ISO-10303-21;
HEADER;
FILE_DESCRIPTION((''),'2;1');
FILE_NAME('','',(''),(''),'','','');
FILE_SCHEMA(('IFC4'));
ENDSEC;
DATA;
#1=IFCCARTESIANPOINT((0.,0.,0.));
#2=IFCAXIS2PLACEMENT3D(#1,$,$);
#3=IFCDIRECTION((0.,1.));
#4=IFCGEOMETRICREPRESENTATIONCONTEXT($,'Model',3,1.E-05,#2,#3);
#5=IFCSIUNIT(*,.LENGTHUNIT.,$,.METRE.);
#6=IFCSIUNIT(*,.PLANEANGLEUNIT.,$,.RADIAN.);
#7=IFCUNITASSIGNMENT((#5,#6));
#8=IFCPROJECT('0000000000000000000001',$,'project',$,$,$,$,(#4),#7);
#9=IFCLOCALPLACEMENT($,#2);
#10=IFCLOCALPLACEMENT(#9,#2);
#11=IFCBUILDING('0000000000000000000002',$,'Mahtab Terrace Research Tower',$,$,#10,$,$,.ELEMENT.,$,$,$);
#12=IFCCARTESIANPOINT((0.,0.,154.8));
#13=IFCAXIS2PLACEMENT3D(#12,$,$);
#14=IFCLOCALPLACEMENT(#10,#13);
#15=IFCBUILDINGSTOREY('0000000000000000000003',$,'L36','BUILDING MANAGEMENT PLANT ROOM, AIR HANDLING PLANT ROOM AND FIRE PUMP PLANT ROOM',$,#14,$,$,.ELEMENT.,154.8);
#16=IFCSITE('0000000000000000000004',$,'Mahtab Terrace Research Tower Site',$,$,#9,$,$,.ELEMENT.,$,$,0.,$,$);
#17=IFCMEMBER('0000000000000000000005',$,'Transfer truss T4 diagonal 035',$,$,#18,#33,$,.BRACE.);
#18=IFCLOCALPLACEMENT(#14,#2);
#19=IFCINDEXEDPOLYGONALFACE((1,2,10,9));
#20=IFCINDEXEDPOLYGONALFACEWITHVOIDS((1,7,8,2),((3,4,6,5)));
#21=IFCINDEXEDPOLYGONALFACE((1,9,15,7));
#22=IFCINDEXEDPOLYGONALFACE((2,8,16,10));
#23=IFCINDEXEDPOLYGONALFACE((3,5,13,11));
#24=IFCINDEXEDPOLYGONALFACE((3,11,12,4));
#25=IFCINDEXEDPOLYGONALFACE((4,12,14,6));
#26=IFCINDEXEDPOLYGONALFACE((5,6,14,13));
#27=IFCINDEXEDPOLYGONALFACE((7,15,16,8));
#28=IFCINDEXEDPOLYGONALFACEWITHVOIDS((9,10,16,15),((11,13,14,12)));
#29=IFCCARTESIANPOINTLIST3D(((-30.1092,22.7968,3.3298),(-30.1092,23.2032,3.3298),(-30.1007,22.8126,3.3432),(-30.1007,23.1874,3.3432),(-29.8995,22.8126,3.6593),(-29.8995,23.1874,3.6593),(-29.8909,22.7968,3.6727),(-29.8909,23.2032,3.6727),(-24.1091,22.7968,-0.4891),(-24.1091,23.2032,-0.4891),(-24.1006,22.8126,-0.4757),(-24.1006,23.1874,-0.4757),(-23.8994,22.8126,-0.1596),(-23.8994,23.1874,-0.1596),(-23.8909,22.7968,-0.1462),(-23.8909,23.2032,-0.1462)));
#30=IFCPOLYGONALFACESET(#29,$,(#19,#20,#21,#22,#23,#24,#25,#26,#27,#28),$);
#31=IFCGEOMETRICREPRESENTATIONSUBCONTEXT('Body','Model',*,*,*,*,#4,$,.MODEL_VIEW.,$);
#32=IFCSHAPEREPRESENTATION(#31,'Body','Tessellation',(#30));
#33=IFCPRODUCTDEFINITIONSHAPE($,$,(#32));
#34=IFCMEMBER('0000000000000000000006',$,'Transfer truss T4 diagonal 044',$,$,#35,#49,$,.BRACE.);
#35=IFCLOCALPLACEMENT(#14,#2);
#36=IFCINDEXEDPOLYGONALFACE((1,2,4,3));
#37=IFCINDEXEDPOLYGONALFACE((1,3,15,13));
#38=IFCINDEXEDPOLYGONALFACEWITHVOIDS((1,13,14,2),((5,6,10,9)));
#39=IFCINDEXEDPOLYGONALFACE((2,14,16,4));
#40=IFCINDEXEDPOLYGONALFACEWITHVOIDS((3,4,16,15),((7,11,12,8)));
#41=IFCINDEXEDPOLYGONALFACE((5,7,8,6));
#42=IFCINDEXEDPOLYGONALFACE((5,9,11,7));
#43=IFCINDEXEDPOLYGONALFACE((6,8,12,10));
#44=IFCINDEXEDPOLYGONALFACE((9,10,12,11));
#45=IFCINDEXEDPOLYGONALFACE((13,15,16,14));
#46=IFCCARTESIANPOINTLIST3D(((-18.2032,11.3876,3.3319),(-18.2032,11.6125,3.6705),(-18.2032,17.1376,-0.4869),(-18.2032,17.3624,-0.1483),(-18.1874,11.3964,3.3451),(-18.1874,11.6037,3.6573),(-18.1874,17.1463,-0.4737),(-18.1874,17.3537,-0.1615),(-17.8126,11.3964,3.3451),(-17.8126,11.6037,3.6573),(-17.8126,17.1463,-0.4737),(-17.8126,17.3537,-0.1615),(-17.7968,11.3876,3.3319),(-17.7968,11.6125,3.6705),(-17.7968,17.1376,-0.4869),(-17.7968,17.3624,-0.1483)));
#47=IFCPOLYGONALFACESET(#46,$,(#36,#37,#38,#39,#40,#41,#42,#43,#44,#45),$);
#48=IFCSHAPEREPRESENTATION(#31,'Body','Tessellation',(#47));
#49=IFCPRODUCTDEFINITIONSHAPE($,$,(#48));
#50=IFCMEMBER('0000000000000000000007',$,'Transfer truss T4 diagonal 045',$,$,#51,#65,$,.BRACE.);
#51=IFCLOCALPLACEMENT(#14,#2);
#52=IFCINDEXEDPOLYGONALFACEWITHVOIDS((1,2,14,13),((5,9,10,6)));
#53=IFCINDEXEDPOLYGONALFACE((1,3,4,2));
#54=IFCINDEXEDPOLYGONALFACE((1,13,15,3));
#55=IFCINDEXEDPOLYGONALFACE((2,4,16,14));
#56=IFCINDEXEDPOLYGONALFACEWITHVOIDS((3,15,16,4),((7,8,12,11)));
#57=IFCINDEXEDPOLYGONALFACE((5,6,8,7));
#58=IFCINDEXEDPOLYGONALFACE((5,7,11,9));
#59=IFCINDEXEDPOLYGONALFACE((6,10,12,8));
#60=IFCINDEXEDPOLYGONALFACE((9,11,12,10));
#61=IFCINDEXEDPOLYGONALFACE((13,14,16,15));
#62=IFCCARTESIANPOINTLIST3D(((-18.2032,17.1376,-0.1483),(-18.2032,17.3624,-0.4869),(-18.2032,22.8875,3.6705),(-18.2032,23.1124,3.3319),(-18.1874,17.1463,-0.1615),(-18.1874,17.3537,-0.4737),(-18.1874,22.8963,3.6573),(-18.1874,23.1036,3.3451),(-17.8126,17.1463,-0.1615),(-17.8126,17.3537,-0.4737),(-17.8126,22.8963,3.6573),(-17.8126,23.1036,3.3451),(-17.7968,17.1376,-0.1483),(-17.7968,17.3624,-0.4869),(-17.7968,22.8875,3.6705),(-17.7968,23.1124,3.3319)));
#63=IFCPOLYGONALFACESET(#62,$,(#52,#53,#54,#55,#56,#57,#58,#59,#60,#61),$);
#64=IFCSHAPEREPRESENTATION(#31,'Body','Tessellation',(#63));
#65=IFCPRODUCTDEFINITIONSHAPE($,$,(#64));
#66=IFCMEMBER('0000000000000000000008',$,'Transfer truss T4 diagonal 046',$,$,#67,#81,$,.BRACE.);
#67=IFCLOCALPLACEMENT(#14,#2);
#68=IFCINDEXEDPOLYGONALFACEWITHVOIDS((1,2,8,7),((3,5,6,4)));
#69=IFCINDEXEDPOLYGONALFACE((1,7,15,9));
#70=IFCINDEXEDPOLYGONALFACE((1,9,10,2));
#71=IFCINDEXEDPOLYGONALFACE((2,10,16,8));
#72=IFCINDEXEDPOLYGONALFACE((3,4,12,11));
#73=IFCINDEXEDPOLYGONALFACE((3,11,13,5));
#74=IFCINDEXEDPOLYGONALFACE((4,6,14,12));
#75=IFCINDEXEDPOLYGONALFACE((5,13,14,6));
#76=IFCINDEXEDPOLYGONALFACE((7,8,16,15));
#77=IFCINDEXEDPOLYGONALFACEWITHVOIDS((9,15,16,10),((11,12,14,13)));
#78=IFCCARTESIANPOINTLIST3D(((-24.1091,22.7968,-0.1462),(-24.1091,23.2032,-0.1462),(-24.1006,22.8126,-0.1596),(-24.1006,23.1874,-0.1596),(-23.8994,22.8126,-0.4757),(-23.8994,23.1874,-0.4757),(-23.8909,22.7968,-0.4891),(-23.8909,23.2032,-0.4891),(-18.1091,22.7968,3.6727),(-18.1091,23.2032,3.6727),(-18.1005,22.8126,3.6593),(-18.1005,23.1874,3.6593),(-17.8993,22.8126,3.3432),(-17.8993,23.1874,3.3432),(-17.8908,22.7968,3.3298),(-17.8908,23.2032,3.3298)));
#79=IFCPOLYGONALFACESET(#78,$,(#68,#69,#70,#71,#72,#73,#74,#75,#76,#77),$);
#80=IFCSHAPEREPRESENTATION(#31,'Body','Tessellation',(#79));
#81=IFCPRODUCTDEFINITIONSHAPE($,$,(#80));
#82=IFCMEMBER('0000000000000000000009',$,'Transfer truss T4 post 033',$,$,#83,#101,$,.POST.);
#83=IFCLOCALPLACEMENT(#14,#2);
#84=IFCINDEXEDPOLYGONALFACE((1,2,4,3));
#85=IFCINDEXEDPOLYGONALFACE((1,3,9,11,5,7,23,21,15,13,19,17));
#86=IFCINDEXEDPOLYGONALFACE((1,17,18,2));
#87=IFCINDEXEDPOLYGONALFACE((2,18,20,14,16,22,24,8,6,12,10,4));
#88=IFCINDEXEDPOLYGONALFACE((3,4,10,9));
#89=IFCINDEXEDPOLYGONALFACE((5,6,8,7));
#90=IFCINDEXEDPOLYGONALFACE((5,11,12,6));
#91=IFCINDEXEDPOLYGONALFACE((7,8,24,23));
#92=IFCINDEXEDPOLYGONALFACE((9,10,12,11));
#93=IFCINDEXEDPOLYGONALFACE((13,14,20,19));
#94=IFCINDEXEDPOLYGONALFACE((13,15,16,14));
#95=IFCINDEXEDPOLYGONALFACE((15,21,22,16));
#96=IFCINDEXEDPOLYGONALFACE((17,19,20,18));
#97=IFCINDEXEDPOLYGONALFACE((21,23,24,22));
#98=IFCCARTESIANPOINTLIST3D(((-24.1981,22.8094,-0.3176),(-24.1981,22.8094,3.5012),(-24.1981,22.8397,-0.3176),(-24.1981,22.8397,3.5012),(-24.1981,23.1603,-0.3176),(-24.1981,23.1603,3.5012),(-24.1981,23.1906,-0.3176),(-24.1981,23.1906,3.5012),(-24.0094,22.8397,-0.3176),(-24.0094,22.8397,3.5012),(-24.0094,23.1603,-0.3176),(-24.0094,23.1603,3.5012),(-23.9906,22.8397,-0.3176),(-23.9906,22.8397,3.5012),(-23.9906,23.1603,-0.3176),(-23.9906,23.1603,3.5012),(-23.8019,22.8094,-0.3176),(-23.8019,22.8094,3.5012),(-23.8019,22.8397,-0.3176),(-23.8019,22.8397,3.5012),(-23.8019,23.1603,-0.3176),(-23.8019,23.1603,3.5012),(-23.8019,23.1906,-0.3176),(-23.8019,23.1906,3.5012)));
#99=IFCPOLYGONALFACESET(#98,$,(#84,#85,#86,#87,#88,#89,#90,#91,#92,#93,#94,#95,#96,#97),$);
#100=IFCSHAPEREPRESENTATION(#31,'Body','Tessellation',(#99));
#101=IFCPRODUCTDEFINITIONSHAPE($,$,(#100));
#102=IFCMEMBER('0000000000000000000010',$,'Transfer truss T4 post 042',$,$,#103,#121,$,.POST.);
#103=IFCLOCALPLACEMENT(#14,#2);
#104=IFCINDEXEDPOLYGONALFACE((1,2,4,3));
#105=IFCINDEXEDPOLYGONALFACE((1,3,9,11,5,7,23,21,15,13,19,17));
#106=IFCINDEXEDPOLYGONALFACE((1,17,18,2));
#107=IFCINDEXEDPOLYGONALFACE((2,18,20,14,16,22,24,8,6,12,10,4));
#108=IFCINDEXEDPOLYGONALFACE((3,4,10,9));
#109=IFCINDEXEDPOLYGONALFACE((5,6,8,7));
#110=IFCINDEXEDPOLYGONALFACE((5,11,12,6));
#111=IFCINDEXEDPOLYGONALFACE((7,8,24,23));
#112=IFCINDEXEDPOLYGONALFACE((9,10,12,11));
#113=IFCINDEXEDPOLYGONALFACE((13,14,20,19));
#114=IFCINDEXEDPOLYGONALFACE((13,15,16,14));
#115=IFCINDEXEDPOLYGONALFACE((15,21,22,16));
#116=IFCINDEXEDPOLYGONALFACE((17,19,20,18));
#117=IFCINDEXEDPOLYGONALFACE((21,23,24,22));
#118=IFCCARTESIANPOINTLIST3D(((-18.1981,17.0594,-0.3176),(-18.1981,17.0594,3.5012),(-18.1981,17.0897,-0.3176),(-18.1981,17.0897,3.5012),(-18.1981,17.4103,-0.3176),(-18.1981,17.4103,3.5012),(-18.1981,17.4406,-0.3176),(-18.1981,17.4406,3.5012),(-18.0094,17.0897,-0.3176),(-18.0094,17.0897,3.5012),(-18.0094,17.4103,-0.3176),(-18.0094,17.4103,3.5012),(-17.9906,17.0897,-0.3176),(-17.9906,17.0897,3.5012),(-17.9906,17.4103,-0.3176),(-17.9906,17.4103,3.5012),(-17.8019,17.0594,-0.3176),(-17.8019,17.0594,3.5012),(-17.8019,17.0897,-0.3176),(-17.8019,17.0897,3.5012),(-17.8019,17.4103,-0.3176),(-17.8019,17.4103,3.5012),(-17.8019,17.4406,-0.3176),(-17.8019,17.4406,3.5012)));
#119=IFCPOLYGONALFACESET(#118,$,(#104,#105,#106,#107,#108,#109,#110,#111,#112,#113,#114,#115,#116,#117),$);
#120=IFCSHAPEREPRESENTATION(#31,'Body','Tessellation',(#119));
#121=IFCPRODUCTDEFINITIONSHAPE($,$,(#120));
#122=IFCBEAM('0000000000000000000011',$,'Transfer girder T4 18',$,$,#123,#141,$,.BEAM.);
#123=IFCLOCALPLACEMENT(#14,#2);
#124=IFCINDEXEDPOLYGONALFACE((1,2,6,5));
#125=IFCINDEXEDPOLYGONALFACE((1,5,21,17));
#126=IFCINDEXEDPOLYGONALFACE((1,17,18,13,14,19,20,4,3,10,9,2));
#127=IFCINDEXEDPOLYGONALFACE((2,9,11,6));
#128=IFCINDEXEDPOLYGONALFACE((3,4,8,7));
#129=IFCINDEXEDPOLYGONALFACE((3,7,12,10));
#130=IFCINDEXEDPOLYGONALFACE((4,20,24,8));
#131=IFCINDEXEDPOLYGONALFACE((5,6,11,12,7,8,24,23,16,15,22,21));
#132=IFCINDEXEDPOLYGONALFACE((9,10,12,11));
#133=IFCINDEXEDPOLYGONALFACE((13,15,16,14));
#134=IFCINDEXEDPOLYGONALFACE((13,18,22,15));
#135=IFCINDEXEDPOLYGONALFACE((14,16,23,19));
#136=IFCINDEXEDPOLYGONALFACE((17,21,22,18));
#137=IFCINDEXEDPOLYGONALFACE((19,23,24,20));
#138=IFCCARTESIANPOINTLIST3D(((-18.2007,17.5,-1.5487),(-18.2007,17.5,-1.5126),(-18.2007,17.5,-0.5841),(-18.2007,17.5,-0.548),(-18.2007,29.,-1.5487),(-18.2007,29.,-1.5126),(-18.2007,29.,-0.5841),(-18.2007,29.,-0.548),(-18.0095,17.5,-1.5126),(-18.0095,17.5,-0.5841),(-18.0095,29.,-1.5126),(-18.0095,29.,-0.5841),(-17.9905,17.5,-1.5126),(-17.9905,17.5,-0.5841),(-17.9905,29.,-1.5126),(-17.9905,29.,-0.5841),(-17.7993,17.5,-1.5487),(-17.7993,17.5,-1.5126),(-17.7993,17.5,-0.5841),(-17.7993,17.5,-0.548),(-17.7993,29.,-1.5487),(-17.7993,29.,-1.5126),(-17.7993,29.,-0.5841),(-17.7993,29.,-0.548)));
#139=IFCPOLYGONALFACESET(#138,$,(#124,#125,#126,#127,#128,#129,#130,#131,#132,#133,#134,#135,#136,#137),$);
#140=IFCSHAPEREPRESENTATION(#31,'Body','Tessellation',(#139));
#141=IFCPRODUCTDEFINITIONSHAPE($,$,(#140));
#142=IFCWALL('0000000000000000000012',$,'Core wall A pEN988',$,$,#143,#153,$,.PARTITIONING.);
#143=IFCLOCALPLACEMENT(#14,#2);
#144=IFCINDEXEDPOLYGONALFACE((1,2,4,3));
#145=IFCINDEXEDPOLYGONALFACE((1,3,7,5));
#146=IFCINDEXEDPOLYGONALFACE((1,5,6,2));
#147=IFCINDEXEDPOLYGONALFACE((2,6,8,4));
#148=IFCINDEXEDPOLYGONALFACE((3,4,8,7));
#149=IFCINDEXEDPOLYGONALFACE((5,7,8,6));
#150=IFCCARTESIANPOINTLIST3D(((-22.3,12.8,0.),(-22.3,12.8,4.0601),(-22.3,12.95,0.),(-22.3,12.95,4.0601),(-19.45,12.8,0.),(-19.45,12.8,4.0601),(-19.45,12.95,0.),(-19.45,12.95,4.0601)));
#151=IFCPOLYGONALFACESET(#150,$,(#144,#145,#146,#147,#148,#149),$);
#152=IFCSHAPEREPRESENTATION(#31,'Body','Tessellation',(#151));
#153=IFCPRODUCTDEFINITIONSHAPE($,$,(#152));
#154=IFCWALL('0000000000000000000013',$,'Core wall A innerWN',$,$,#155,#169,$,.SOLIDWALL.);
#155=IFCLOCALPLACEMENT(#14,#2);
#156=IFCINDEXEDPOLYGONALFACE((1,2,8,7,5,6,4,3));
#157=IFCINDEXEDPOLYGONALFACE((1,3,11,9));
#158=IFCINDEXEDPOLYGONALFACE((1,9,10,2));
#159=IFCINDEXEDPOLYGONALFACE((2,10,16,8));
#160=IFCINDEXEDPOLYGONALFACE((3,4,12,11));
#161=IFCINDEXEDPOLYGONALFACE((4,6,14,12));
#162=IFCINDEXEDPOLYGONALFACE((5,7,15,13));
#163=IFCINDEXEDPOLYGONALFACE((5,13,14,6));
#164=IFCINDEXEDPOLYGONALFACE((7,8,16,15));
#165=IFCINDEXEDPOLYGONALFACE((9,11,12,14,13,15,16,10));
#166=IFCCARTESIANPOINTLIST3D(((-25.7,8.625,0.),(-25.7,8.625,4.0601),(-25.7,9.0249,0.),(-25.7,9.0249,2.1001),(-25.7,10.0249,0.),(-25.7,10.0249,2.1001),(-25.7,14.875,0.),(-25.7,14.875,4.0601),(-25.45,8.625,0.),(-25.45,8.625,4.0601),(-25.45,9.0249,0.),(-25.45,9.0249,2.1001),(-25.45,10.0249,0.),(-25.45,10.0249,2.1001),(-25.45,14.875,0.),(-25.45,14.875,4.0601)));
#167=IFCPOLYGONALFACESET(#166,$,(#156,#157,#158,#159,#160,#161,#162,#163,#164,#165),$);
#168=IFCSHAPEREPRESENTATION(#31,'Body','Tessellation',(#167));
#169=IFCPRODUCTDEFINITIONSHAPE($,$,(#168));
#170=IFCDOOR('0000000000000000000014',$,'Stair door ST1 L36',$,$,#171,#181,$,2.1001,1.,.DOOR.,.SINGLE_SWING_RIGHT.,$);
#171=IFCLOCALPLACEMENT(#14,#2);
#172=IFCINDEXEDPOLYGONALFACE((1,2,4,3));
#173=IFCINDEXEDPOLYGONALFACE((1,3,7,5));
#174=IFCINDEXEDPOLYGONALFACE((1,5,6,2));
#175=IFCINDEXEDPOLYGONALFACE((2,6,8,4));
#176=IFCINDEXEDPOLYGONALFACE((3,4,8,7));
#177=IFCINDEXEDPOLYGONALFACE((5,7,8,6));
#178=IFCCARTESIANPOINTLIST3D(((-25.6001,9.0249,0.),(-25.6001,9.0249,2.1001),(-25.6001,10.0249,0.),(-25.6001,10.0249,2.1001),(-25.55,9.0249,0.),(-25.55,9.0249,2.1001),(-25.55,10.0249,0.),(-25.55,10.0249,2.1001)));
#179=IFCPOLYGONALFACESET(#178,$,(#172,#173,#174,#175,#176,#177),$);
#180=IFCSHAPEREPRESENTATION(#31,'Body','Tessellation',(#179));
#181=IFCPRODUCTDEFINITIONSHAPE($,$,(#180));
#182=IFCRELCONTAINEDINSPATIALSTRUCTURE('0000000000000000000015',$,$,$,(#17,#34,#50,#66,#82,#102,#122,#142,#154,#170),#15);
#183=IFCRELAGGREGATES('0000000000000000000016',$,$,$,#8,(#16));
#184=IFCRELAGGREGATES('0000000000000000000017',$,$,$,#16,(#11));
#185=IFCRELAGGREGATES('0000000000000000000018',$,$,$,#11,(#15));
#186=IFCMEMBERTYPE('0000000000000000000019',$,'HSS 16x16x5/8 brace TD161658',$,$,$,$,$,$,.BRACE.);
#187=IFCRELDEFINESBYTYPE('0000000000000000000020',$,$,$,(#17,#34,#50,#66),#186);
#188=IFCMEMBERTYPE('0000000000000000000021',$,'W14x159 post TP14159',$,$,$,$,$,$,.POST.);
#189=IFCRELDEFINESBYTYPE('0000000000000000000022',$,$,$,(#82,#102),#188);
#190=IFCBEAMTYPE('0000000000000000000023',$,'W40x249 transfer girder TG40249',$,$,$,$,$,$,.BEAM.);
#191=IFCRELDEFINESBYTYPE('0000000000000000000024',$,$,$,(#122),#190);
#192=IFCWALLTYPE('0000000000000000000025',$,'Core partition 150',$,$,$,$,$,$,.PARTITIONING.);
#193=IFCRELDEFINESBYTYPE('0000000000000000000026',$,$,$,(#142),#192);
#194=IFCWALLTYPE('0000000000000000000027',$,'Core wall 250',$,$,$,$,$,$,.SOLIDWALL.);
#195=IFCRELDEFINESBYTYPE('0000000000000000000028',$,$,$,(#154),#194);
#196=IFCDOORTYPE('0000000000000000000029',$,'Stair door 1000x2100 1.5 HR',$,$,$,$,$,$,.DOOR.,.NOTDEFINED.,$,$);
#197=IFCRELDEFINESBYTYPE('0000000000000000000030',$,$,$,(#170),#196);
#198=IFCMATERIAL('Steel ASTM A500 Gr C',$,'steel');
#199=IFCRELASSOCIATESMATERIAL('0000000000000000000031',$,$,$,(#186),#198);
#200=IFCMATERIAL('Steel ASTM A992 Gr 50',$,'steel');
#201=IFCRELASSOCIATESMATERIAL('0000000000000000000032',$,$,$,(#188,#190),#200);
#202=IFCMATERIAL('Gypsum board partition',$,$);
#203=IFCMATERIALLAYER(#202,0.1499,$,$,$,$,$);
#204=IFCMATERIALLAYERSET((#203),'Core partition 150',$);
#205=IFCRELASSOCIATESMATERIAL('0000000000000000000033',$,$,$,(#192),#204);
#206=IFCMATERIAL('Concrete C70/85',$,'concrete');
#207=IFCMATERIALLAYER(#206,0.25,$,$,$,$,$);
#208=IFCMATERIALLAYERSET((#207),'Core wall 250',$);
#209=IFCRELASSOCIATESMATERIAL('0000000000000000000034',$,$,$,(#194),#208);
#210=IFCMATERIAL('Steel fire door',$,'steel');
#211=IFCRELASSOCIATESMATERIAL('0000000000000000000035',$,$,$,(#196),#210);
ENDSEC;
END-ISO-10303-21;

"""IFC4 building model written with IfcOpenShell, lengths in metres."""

from ifc_helpers import new_model, si_unit, direction, frame, frame_2d, origin, origin_2d, place, context, subcontext, project, spatial, rectangle, hollow_rectangle, i_section, extrude, material, layer, layer_set, material_profile, profile_set, type_object, element, fill, save


model = new_model("IFC4")

# Units and contexts
model_context = context("Model", 3, precision=1e-05, world=origin(), true_north=direction((0.0, 1.0)))
body_context = subcontext(model_context, "Body", "Model", "MODEL_VIEW")
ifc_project = project(units=[si_unit("LENGTHUNIT", "METRE"), si_unit("PLANEANGLEUNIT", "RADIAN")], contexts=[model_context])

# Site, building, storey
site_placement = place(None, origin())
site = spatial("IfcSite", under=ifc_project, at=site_placement, Name="Mahtab Terrace Research Tower Site", CompositionType="ELEMENT", RefElevation=0.0)
building_placement = place(site_placement, origin())
building = spatial("IfcBuilding", under=site, at=building_placement, Name="Mahtab Terrace Research Tower", CompositionType="ELEMENT")
storey_placement = place(building_placement, frame((0.0, 0.0, 154.8)))
storey = spatial("IfcBuildingStorey", under=building, at=storey_placement, Name="L36", Description="BUILDING MANAGEMENT PLANT ROOM, AIR HANDLING PLANT ROOM AND FIRE PUMP PLANT ROOM", CompositionType="ELEMENT", Elevation=154.8)

# Members
ifc_material_1 = material(Name="Steel ASTM A500 Gr C", Category="steel")
ifc_material_profile_1 = material_profile(ifc_material_1, hollow_rectangle(XDim=0.4065, YDim=0.4065, WallThickness=0.0159, at=origin_2d()), Name="HSS16X16X5/8")
ifc_profile_set_1 = profile_set([ifc_material_profile_1], Name="Steel ASTM A500 Gr C")
member_type_1 = type_object("IfcMemberType", Name="HSS 16x16x5/8 brace TD161658", PredefinedType="BRACE", material=ifc_profile_set_1)
member_1_placement = place(storey_placement, frame((-24.0, 23.0, -0.3176), z_axis=(-0.843619, 0.0, 0.536942), x_axis=(0.0, -1.0, 0.0)))
element("IfcMember", 1, at=member_1_placement, inside=storey, type_object=member_type_1, Name="Transfer truss T4 diagonal 035", PredefinedType="BRACE", context=body_context, shape_type="SweptSolid", body=[
    extrude(hollow_rectangle(XDim=0.4065, YDim=0.4065, WallThickness=0.0159, at=origin_2d()), origin(), (0.0, 0.0, 1.0), 7.1123),
])
for number, where, z_axis, x_axis, name in (
    (2, (-18.0, 17.25, -0.3176), (0.0, -0.833018, 0.553246), (1.0, 0.0, 0.0), "Transfer truss T4 diagonal 044"),
    (3, (-18.0, 17.25, -0.3176), (0.0, 0.833018, 0.553246), (-1.0, 0.0, 0.0), "Transfer truss T4 diagonal 045"),
):
    element("IfcMember", number, at=place(storey_placement, frame(where, z_axis=z_axis, x_axis=x_axis)), inside=storey, type_object=member_type_1, Name=name, PredefinedType="BRACE", context=body_context, shape_type="SweptSolid", body=[
        extrude(hollow_rectangle(XDim=0.4065, YDim=0.4065, WallThickness=0.0159, at=origin_2d()), origin(), (0.0, 0.0, 1.0), 6.9026),
    ])
member_2_placement = place(storey_placement, frame((-24.0, 23.0, -0.3176), z_axis=(0.843619, 0.0, 0.536942), x_axis=(0.0, 1.0, 0.0)))
element("IfcMember", 4, at=member_2_placement, inside=storey, type_object=member_type_1, Name="Transfer truss T4 diagonal 046", PredefinedType="BRACE", context=body_context, shape_type="SweptSolid", body=[
    extrude(hollow_rectangle(XDim=0.4065, YDim=0.4065, WallThickness=0.0159, at=origin_2d()), origin(), (0.0, 0.0, 1.0), 7.1123),
])
ifc_material_2 = material(Name="Steel ASTM A992 Gr 50", Category="steel")
ifc_material_profile_2 = material_profile(ifc_material_2, i_section(OverallWidth=0.3962, OverallDepth=0.3811, WebThickness=0.0188, FlangeThickness=0.0303, at=origin_2d()), Name="W14X159")
ifc_profile_set_2 = profile_set([ifc_material_profile_2], Name="Steel ASTM A992 Gr 50")
member_type_2 = type_object("IfcMemberType", Name="W14x159 post TP14159", PredefinedType="POST", material=ifc_profile_set_2)
for number, where, z_axis, x_axis, name in (
    (5, (-24.0, 23.0, -0.3176), (0.0, 0.0, 1.0), (1.0, 0.0, 0.0), "Transfer truss T4 post 033"),
    (6, (-18.0, 17.25, -0.3176), (0.0, 0.0, 1.0), (1.0, 0.0, 0.0), "Transfer truss T4 post 042"),
):
    element("IfcMember", number, at=place(storey_placement, frame(where, z_axis=z_axis, x_axis=x_axis)), inside=storey, type_object=member_type_2, Name=name, PredefinedType="POST", context=body_context, shape_type="SweptSolid", body=[
        extrude(i_section(OverallWidth=0.3962, OverallDepth=0.3811, WebThickness=0.0188, FlangeThickness=0.0303, at=origin_2d()), origin(), (0.0, 0.0, 1.0), 3.8188),
    ])

# Beam
ifc_material_profile_3 = material_profile(ifc_material_2, i_section(OverallWidth=0.4014, OverallDepth=1.0007, WebThickness=0.019, FlangeThickness=0.0361, at=origin_2d()), Name="W40X249")
ifc_profile_set_3 = profile_set([ifc_material_profile_3], Name="Steel ASTM A992 Gr 50")
beam_type = type_object("IfcBeamType", Name="W40x249 transfer girder TG40249", PredefinedType="BEAM", material=ifc_profile_set_3)
beam_placement = place(storey_placement, frame((-18.0, 17.5, -1.0483), z_axis=(0.0, 1.0, 0.0), x_axis=(-1.0, 0.0, 0.0)))
element("IfcBeam", 7, at=beam_placement, inside=storey, type_object=beam_type, Name="Transfer girder T4 18", PredefinedType="BEAM", context=body_context, shape_type="SweptSolid", body=[
    extrude(i_section(OverallWidth=0.4014, OverallDepth=1.0007, WebThickness=0.019, FlangeThickness=0.0361, at=origin_2d()), origin(), (0.0, 0.0, 1.0), 11.5),
])

# Wall
ifc_material_3 = material(Name="Gypsum board partition")
ifc_layer_1 = layer(ifc_material_3, 0.1499)
ifc_layer_set_1 = layer_set([ifc_layer_1], Name="Core partition 150")
wall_type_1 = type_object("IfcWallType", Name="Core partition 150", PredefinedType="PARTITIONING", material=ifc_layer_set_1)
wall_1_placement = place(storey_placement, frame((-22.3, 12.875, 0.0), z_axis=(0.0, 0.0, 1.0), x_axis=(1.0, 0.0, 0.0)))
element("IfcWall", 8, at=wall_1_placement, inside=storey, type_object=wall_type_1, Name="Core wall A pEN988", PredefinedType="PARTITIONING", context=body_context, shape_type="SweptSolid", body=[
    extrude(rectangle(XDim=2.8501, YDim=0.1499, at=frame_2d((1.425, 0.0))), origin(), (0.0, 0.0, 1.0), 4.0601),
])

# Wall, opening, door
ifc_material_4 = material(Name="Concrete C70/85", Category="concrete")
ifc_layer_2 = layer(ifc_material_4, 0.25)
ifc_layer_set_2 = layer_set([ifc_layer_2], Name="Core wall 250")
wall_type_2 = type_object("IfcWallType", Name="Core wall 250", PredefinedType="SOLIDWALL", material=ifc_layer_set_2)
wall_2_placement = place(storey_placement, frame((-25.575, 14.875, 0.0), z_axis=(0.0, 0.0, 1.0), x_axis=(0.0, -1.0, 0.0)))
wall_2 = element("IfcWall", 9, at=wall_2_placement, inside=storey, type_object=wall_type_2, Name="Core wall A innerWN", PredefinedType="SOLIDWALL", context=body_context, shape_type="SweptSolid", body=[
    extrude(rectangle(XDim=6.25, YDim=0.25, at=frame_2d((3.125, 0.0))), origin(), (0.0, 0.0, 1.0), 4.0601),
])
opening_1_placement = place(wall_2_placement, frame((4.8501, 0.0, 0.0)))
opening_1 = element("IfcOpeningElement", 10, at=opening_1_placement, cuts=wall_2, PredefinedType="OPENING", context=body_context, shape_type="SweptSolid", body=[
    extrude(rectangle(XDim=1.0, YDim=2.1001, at=frame_2d((0.5, 1.05))), frame((0.0, 0.135, 0.0), z_axis=(0.0, -1.0, 0.0), x_axis=(1.0, 0.0, 0.0)), (0.0, 0.0, 1.0), 0.27),
])
ifc_material_5 = material(Name="Steel fire door", Category="steel")
door_type_1 = type_object("IfcDoorType", Name="Stair door 1000x2100 1.5 HR", OperationType="NOTDEFINED", PredefinedType="DOOR", material=ifc_material_5)
door_1_placement = place(opening_1_placement, origin())
door_1 = element("IfcDoor", 11, at=door_1_placement, inside=storey, type_object=door_type_1, Name="Stair door ST1 L36", OperationType="SINGLE_SWING_RIGHT", OverallHeight=2.1001, OverallWidth=1.0, PredefinedType="DOOR", context=body_context, shape_type="SweptSolid", body=[
    extrude(rectangle(XDim=1.0, YDim=2.1001, at=frame_2d((0.5, 1.05))), frame((0.0, 0.0249, 0.0), z_axis=(0.0, -1.0, 0.0), x_axis=(1.0, 0.0, 0.0)), (0.0, 0.0, 1.0), 0.05),
])
fill(opening_1, door_1)

save(model, "model.ifc")
